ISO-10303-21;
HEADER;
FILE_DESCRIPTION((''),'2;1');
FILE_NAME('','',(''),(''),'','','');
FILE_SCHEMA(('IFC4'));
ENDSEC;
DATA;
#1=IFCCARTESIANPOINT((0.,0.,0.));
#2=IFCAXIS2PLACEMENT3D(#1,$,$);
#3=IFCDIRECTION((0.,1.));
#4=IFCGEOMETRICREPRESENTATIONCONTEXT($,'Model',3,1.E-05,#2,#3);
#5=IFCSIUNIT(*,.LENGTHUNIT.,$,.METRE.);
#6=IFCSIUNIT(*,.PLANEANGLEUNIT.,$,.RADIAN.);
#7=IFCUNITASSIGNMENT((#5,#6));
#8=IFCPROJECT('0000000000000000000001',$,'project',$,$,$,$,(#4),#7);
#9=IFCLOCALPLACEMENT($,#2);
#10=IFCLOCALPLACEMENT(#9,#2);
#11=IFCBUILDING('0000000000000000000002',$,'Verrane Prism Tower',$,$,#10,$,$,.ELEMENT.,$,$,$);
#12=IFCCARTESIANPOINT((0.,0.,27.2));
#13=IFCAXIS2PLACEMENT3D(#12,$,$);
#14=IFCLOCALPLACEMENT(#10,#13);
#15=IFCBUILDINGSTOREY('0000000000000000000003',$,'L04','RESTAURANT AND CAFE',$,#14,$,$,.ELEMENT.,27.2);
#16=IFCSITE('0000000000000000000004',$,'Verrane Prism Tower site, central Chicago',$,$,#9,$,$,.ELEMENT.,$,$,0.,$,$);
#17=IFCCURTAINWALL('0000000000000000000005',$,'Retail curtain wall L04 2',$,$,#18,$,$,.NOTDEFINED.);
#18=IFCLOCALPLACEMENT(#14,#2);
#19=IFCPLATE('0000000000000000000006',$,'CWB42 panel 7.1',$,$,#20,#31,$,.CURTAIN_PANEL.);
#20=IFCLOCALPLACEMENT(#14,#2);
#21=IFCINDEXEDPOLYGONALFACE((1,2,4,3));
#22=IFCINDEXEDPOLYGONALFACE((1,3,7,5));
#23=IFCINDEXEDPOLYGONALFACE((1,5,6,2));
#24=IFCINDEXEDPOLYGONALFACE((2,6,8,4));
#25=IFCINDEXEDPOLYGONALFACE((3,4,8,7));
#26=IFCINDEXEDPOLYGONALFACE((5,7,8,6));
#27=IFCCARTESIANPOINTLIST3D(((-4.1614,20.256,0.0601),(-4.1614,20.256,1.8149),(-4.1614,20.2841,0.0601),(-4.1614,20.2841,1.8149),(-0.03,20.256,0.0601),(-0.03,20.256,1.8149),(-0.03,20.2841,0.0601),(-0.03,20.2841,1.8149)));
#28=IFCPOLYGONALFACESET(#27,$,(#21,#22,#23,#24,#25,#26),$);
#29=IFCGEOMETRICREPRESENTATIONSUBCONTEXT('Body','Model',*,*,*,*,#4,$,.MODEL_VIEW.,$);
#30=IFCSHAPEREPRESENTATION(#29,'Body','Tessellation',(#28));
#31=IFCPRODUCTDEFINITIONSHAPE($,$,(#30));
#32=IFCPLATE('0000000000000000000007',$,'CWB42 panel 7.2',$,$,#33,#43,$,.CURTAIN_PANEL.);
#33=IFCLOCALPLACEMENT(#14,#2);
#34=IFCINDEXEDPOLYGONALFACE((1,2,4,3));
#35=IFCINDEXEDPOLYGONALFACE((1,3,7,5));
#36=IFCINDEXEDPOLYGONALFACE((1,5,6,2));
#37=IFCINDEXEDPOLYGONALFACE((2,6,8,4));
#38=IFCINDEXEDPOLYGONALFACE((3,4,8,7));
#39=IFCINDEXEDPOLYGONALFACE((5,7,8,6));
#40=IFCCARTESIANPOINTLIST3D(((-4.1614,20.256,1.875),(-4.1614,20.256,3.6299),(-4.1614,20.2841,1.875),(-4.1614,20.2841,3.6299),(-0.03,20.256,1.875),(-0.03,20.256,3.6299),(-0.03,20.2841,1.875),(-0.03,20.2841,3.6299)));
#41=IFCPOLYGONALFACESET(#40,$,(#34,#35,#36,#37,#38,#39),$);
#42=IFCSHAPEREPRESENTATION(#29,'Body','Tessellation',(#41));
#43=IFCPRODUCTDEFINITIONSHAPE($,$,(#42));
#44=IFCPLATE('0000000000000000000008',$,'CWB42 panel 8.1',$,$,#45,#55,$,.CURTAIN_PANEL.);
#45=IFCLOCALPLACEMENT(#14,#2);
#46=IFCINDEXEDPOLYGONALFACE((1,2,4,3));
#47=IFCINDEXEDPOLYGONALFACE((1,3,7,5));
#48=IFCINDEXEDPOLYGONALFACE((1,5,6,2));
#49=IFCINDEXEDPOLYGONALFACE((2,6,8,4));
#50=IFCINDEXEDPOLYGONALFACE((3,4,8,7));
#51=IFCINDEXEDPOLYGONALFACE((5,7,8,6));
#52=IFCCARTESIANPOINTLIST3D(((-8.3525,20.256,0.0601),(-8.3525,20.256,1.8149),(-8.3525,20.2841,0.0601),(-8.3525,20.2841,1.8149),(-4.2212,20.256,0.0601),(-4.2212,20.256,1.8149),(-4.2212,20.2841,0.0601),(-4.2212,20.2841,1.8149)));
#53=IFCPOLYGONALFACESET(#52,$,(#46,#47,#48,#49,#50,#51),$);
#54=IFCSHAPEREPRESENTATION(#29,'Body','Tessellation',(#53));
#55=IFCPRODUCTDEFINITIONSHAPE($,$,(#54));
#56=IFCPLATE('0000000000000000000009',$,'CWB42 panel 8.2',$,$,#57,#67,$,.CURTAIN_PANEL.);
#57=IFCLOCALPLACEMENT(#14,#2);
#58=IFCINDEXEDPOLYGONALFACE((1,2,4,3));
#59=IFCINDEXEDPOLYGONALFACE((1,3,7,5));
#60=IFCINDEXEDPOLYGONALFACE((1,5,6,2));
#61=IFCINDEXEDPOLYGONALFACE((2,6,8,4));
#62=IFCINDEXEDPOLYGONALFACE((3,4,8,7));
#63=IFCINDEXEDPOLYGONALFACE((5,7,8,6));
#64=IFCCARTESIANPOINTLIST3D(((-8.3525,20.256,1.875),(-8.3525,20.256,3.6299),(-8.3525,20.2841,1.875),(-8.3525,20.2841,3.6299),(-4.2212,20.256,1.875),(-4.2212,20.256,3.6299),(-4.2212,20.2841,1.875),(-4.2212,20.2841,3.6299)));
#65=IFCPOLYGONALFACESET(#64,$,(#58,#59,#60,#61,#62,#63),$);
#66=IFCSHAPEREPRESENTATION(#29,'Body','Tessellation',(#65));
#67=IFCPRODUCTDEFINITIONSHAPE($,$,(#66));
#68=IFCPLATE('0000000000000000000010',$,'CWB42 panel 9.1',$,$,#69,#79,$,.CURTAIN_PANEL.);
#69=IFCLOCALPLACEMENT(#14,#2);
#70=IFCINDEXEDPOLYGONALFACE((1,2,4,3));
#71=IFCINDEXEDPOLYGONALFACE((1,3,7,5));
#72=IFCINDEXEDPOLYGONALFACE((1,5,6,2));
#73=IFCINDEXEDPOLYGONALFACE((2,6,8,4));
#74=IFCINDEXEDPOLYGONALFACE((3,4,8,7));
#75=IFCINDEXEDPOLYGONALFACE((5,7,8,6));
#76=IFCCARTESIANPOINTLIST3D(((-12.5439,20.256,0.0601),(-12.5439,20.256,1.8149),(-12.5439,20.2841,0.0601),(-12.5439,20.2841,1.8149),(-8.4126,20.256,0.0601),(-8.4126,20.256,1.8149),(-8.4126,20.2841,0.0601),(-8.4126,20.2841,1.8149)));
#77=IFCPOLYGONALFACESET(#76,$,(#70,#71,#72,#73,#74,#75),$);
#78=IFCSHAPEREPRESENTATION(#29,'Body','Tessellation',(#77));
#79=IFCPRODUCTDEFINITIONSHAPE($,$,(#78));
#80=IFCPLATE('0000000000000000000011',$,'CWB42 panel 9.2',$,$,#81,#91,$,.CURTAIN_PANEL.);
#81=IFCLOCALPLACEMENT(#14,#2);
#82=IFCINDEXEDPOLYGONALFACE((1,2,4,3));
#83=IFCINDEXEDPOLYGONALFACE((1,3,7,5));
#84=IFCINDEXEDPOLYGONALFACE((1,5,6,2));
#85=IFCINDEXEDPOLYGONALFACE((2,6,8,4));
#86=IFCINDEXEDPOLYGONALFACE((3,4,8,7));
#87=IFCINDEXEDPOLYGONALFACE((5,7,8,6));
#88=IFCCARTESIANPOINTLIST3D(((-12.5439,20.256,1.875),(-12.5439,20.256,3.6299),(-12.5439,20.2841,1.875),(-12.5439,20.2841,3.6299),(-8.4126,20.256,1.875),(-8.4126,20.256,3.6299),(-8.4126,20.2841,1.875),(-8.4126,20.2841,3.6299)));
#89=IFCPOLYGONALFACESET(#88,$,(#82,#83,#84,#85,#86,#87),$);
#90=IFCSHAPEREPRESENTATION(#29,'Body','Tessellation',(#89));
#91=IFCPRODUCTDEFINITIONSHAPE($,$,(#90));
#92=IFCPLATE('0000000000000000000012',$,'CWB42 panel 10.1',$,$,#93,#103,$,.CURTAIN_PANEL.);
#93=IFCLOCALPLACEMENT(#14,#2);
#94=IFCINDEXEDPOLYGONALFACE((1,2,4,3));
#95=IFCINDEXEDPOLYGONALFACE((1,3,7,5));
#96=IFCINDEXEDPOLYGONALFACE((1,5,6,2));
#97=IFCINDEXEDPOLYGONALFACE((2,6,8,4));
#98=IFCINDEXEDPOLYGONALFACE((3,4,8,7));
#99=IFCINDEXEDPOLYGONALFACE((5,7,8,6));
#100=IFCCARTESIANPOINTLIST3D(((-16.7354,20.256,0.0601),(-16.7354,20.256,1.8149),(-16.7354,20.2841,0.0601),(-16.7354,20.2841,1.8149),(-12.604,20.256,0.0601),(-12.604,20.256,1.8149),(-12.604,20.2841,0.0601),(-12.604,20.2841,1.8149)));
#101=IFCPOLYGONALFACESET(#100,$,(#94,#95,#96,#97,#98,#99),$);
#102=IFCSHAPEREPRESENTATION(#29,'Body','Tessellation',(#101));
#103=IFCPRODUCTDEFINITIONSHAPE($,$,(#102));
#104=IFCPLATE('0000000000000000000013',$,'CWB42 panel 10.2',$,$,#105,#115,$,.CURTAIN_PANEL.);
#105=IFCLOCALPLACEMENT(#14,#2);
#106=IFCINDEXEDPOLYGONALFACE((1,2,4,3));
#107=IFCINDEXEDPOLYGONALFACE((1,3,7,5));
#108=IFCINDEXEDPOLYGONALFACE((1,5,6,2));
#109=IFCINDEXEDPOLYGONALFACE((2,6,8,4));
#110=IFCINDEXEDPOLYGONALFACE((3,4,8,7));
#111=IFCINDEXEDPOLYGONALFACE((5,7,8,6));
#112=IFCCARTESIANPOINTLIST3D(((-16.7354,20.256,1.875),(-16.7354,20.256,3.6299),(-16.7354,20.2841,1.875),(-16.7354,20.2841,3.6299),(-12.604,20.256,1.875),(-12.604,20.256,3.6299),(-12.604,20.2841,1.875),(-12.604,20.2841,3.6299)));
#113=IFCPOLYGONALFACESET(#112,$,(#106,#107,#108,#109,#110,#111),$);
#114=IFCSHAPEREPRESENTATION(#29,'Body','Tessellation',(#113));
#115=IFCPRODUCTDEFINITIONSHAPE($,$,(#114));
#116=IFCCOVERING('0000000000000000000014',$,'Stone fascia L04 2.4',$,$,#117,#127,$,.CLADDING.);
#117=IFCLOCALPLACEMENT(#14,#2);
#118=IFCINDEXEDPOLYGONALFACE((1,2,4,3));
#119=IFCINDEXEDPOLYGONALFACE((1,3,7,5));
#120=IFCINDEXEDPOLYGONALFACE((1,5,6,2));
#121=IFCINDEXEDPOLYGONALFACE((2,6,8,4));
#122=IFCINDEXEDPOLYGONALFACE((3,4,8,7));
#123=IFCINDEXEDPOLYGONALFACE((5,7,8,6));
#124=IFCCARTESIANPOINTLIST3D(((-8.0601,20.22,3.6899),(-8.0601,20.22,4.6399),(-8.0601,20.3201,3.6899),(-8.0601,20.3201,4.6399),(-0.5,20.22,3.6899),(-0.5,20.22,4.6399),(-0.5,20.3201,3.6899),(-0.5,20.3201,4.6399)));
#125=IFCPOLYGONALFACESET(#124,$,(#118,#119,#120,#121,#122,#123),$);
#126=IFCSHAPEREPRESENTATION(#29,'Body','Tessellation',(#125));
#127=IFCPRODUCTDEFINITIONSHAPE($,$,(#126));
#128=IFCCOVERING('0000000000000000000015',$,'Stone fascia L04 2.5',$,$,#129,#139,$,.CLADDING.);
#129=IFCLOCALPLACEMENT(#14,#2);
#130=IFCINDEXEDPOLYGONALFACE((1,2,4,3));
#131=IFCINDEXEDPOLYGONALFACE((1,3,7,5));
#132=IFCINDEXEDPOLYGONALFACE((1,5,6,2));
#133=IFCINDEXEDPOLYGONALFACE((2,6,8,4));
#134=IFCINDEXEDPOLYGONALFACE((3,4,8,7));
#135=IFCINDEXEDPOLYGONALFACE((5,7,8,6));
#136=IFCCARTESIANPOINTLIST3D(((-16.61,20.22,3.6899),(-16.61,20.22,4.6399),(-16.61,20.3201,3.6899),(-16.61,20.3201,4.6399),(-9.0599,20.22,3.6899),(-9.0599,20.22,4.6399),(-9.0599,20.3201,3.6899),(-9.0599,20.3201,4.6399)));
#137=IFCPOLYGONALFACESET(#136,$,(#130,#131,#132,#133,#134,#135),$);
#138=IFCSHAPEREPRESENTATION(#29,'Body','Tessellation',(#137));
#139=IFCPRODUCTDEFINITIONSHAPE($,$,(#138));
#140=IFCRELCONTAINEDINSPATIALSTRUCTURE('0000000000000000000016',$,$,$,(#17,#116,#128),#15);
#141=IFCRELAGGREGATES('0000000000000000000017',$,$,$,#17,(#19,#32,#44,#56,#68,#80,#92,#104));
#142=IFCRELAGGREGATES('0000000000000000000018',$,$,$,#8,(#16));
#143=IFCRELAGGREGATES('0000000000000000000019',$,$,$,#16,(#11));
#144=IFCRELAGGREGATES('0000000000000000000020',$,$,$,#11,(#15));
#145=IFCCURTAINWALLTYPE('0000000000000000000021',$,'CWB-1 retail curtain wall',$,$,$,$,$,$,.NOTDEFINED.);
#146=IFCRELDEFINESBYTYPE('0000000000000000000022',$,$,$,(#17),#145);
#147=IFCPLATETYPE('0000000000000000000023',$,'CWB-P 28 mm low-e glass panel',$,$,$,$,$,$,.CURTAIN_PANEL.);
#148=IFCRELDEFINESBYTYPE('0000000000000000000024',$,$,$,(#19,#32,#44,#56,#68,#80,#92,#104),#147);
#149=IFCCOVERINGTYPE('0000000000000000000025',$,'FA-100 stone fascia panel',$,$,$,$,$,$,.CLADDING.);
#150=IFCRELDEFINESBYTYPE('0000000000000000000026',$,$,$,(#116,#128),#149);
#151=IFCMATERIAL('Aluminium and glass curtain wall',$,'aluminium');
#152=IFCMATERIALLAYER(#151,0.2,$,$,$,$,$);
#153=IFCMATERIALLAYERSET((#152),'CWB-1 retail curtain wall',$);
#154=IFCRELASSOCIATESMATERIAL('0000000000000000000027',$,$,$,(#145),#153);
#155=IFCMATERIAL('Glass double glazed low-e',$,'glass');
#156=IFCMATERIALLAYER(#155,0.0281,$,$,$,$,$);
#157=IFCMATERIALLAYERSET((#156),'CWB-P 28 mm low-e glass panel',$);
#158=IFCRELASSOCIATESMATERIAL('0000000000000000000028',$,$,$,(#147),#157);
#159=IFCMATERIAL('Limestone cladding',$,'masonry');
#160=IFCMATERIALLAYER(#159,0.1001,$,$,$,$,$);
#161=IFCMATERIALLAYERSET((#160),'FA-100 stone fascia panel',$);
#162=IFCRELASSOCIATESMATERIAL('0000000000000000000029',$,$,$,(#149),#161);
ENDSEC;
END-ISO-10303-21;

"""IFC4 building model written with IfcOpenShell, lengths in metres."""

from ifc_helpers import new_model, si_unit, direction, frame, origin, origin_2d, place, context, subcontext, project, spatial, rectangle, extrude, material, layer, layer_set, type_object, element, aggregate, save


model = new_model("IFC4")

# Units and contexts
model_context = context("Model", 3, precision=1e-05, world=origin(), true_north=direction((0.0, 1.0)))
body_context = subcontext(model_context, "Body", "Model", "MODEL_VIEW")
ifc_project = project(units=[si_unit("LENGTHUNIT", "METRE"), si_unit("PLANEANGLEUNIT", "RADIAN")], contexts=[model_context])

# Site, building, storey
site_placement = place(None, origin())
site = spatial("IfcSite", under=ifc_project, at=site_placement, Name="Verrane Prism Tower site, central Chicago", CompositionType="ELEMENT", RefElevation=0.0)
building_placement = place(site_placement, origin())
building = spatial("IfcBuilding", under=site, at=building_placement, Name="Verrane Prism Tower", CompositionType="ELEMENT")
storey_placement = place(building_placement, frame((0.0, 0.0, 27.2)))
storey = spatial("IfcBuildingStorey", under=building, at=storey_placement, Name="L04", Description="RESTAURANT AND CAFE", CompositionType="ELEMENT", Elevation=27.2)

# Curtain wall
ifc_material_1 = material(Name="Aluminium and glass curtain wall", Category="aluminium")
ifc_layer_1 = layer(ifc_material_1, 0.2)
ifc_layer_set_1 = layer_set([ifc_layer_1], Name="CWB-1 retail curtain wall")
curtain_wall_type = type_object("IfcCurtainWallType", Name="CWB-1 retail curtain wall", PredefinedType="NOTDEFINED", material=ifc_layer_set_1)
curtain_wall_placement = place(storey_placement, origin())
curtain_wall = element("IfcCurtainWall", 1, at=curtain_wall_placement, inside=storey, type_object=curtain_wall_type, Name="Retail curtain wall L04 2", PredefinedType="NOTDEFINED")

# Plates
ifc_material_2 = material(Name="Glass double glazed low-e", Category="glass")
ifc_layer_2 = layer(ifc_material_2, 0.0281)
ifc_layer_set_2 = layer_set([ifc_layer_2], Name="CWB-P 28 mm low-e glass panel")
plate_type = type_object("IfcPlateType", Name="CWB-P 28 mm low-e glass panel", PredefinedType="CURTAIN_PANEL", material=ifc_layer_set_2)
plate_1_placement = place(storey_placement, frame((-2.0957, 20.27, 0.0601), z_axis=(0.0, 0.0, 1.0), x_axis=(-1.0, 0.0, 0.0)))
plate_1 = element("IfcPlate", 2, at=plate_1_placement, type_object=plate_type, Name="CWB42 panel 7.1", PredefinedType="CURTAIN_PANEL", context=body_context, shape_type="SweptSolid", body=[
    extrude(rectangle(XDim=4.1313, YDim=0.0281, at=origin_2d()), origin(), (0.0, 0.0, 1.0), 1.7549),
])
plate_2_placement = place(storey_placement, frame((-2.0957, 20.27, 1.875), z_axis=(0.0, 0.0, 1.0), x_axis=(-1.0, 0.0, 0.0)))
plate_2 = element("IfcPlate", 3, at=plate_2_placement, type_object=plate_type, Name="CWB42 panel 7.2", PredefinedType="CURTAIN_PANEL", context=body_context, shape_type="SweptSolid", body=[
    extrude(rectangle(XDim=4.1313, YDim=0.0281, at=origin_2d()), origin(), (0.0, 0.0, 1.0), 1.7549),
])
plate_3_placement = place(storey_placement, frame((-6.2869, 20.27, 0.0601), z_axis=(0.0, 0.0, 1.0), x_axis=(-1.0, 0.0, 0.0)))
plate_3 = element("IfcPlate", 4, at=plate_3_placement, type_object=plate_type, Name="CWB42 panel 8.1", PredefinedType="CURTAIN_PANEL", context=body_context, shape_type="SweptSolid", body=[
    extrude(rectangle(XDim=4.1313, YDim=0.0281, at=origin_2d()), origin(), (0.0, 0.0, 1.0), 1.7549),
])
plate_4_placement = place(storey_placement, frame((-6.2869, 20.27, 1.875), z_axis=(0.0, 0.0, 1.0), x_axis=(-1.0, 0.0, 0.0)))
plate_4 = element("IfcPlate", 5, at=plate_4_placement, type_object=plate_type, Name="CWB42 panel 8.2", PredefinedType="CURTAIN_PANEL", context=body_context, shape_type="SweptSolid", body=[
    extrude(rectangle(XDim=4.1313, YDim=0.0281, at=origin_2d()), origin(), (0.0, 0.0, 1.0), 1.7549),
])
plate_5_placement = place(storey_placement, frame((-10.4783, 20.27, 0.0601), z_axis=(0.0, 0.0, 1.0), x_axis=(-1.0, 0.0, 0.0)))
plate_5 = element("IfcPlate", 6, at=plate_5_placement, type_object=plate_type, Name="CWB42 panel 9.1", PredefinedType="CURTAIN_PANEL", context=body_context, shape_type="SweptSolid", body=[
    extrude(rectangle(XDim=4.1313, YDim=0.0281, at=origin_2d()), origin(), (0.0, 0.0, 1.0), 1.7549),
])
plate_6_placement = place(storey_placement, frame((-10.4783, 20.27, 1.875), z_axis=(0.0, 0.0, 1.0), x_axis=(-1.0, 0.0, 0.0)))
plate_6 = element("IfcPlate", 7, at=plate_6_placement, type_object=plate_type, Name="CWB42 panel 9.2", PredefinedType="CURTAIN_PANEL", context=body_context, shape_type="SweptSolid", body=[
    extrude(rectangle(XDim=4.1313, YDim=0.0281, at=origin_2d()), origin(), (0.0, 0.0, 1.0), 1.7549),
])
plate_7_placement = place(storey_placement, frame((-14.6697, 20.27, 0.0601), z_axis=(0.0, 0.0, 1.0), x_axis=(-1.0, 0.0, 0.0)))
plate_7 = element("IfcPlate", 8, at=plate_7_placement, type_object=plate_type, Name="CWB42 panel 10.1", PredefinedType="CURTAIN_PANEL", context=body_context, shape_type="SweptSolid", body=[
    extrude(rectangle(XDim=4.1313, YDim=0.0281, at=origin_2d()), origin(), (0.0, 0.0, 1.0), 1.7549),
])
plate_8_placement = place(storey_placement, frame((-14.6697, 20.27, 1.875), z_axis=(0.0, 0.0, 1.0), x_axis=(-1.0, 0.0, 0.0)))
plate_8 = element("IfcPlate", 9, at=plate_8_placement, type_object=plate_type, Name="CWB42 panel 10.2", PredefinedType="CURTAIN_PANEL", context=body_context, shape_type="SweptSolid", body=[
    extrude(rectangle(XDim=4.1313, YDim=0.0281, at=origin_2d()), origin(), (0.0, 0.0, 1.0), 1.7549),
])
aggregate(curtain_wall, [plate_1, plate_2, plate_3, plate_4, plate_5, plate_6, plate_7, plate_8])

# Coverings
ifc_material_3 = material(Name="Limestone cladding", Category="masonry")
ifc_layer_3 = layer(ifc_material_3, 0.1001)
ifc_layer_set_3 = layer_set([ifc_layer_3], Name="FA-100 stone fascia panel")
covering_type = type_object("IfcCoveringType", Name="FA-100 stone fascia panel", PredefinedType="CLADDING", material=ifc_layer_set_3)
covering_1_placement = place(storey_placement, frame((-4.28, 20.27, 3.6899), z_axis=(0.0, 0.0, 1.0), x_axis=(-1.0, 0.0, 0.0)))
element("IfcCovering", 10, at=covering_1_placement, inside=storey, type_object=covering_type, Name="Stone fascia L04 2.4", PredefinedType="CLADDING", context=body_context, shape_type="SweptSolid", body=[
    extrude(rectangle(XDim=7.5601, YDim=0.1001, at=origin_2d()), origin(), (0.0, 0.0, 1.0), 0.95),
])
covering_2_placement = place(storey_placement, frame((-12.835, 20.27, 3.6899), z_axis=(0.0, 0.0, 1.0), x_axis=(-1.0, 0.0, 0.0)))
element("IfcCovering", 11, at=covering_2_placement, inside=storey, type_object=covering_type, Name="Stone fascia L04 2.5", PredefinedType="CLADDING", context=body_context, shape_type="SweptSolid", body=[
    extrude(rectangle(XDim=7.55, YDim=0.1001, at=origin_2d()), origin(), (0.0, 0.0, 1.0), 0.95),
])

save(model, "model.ifc")
